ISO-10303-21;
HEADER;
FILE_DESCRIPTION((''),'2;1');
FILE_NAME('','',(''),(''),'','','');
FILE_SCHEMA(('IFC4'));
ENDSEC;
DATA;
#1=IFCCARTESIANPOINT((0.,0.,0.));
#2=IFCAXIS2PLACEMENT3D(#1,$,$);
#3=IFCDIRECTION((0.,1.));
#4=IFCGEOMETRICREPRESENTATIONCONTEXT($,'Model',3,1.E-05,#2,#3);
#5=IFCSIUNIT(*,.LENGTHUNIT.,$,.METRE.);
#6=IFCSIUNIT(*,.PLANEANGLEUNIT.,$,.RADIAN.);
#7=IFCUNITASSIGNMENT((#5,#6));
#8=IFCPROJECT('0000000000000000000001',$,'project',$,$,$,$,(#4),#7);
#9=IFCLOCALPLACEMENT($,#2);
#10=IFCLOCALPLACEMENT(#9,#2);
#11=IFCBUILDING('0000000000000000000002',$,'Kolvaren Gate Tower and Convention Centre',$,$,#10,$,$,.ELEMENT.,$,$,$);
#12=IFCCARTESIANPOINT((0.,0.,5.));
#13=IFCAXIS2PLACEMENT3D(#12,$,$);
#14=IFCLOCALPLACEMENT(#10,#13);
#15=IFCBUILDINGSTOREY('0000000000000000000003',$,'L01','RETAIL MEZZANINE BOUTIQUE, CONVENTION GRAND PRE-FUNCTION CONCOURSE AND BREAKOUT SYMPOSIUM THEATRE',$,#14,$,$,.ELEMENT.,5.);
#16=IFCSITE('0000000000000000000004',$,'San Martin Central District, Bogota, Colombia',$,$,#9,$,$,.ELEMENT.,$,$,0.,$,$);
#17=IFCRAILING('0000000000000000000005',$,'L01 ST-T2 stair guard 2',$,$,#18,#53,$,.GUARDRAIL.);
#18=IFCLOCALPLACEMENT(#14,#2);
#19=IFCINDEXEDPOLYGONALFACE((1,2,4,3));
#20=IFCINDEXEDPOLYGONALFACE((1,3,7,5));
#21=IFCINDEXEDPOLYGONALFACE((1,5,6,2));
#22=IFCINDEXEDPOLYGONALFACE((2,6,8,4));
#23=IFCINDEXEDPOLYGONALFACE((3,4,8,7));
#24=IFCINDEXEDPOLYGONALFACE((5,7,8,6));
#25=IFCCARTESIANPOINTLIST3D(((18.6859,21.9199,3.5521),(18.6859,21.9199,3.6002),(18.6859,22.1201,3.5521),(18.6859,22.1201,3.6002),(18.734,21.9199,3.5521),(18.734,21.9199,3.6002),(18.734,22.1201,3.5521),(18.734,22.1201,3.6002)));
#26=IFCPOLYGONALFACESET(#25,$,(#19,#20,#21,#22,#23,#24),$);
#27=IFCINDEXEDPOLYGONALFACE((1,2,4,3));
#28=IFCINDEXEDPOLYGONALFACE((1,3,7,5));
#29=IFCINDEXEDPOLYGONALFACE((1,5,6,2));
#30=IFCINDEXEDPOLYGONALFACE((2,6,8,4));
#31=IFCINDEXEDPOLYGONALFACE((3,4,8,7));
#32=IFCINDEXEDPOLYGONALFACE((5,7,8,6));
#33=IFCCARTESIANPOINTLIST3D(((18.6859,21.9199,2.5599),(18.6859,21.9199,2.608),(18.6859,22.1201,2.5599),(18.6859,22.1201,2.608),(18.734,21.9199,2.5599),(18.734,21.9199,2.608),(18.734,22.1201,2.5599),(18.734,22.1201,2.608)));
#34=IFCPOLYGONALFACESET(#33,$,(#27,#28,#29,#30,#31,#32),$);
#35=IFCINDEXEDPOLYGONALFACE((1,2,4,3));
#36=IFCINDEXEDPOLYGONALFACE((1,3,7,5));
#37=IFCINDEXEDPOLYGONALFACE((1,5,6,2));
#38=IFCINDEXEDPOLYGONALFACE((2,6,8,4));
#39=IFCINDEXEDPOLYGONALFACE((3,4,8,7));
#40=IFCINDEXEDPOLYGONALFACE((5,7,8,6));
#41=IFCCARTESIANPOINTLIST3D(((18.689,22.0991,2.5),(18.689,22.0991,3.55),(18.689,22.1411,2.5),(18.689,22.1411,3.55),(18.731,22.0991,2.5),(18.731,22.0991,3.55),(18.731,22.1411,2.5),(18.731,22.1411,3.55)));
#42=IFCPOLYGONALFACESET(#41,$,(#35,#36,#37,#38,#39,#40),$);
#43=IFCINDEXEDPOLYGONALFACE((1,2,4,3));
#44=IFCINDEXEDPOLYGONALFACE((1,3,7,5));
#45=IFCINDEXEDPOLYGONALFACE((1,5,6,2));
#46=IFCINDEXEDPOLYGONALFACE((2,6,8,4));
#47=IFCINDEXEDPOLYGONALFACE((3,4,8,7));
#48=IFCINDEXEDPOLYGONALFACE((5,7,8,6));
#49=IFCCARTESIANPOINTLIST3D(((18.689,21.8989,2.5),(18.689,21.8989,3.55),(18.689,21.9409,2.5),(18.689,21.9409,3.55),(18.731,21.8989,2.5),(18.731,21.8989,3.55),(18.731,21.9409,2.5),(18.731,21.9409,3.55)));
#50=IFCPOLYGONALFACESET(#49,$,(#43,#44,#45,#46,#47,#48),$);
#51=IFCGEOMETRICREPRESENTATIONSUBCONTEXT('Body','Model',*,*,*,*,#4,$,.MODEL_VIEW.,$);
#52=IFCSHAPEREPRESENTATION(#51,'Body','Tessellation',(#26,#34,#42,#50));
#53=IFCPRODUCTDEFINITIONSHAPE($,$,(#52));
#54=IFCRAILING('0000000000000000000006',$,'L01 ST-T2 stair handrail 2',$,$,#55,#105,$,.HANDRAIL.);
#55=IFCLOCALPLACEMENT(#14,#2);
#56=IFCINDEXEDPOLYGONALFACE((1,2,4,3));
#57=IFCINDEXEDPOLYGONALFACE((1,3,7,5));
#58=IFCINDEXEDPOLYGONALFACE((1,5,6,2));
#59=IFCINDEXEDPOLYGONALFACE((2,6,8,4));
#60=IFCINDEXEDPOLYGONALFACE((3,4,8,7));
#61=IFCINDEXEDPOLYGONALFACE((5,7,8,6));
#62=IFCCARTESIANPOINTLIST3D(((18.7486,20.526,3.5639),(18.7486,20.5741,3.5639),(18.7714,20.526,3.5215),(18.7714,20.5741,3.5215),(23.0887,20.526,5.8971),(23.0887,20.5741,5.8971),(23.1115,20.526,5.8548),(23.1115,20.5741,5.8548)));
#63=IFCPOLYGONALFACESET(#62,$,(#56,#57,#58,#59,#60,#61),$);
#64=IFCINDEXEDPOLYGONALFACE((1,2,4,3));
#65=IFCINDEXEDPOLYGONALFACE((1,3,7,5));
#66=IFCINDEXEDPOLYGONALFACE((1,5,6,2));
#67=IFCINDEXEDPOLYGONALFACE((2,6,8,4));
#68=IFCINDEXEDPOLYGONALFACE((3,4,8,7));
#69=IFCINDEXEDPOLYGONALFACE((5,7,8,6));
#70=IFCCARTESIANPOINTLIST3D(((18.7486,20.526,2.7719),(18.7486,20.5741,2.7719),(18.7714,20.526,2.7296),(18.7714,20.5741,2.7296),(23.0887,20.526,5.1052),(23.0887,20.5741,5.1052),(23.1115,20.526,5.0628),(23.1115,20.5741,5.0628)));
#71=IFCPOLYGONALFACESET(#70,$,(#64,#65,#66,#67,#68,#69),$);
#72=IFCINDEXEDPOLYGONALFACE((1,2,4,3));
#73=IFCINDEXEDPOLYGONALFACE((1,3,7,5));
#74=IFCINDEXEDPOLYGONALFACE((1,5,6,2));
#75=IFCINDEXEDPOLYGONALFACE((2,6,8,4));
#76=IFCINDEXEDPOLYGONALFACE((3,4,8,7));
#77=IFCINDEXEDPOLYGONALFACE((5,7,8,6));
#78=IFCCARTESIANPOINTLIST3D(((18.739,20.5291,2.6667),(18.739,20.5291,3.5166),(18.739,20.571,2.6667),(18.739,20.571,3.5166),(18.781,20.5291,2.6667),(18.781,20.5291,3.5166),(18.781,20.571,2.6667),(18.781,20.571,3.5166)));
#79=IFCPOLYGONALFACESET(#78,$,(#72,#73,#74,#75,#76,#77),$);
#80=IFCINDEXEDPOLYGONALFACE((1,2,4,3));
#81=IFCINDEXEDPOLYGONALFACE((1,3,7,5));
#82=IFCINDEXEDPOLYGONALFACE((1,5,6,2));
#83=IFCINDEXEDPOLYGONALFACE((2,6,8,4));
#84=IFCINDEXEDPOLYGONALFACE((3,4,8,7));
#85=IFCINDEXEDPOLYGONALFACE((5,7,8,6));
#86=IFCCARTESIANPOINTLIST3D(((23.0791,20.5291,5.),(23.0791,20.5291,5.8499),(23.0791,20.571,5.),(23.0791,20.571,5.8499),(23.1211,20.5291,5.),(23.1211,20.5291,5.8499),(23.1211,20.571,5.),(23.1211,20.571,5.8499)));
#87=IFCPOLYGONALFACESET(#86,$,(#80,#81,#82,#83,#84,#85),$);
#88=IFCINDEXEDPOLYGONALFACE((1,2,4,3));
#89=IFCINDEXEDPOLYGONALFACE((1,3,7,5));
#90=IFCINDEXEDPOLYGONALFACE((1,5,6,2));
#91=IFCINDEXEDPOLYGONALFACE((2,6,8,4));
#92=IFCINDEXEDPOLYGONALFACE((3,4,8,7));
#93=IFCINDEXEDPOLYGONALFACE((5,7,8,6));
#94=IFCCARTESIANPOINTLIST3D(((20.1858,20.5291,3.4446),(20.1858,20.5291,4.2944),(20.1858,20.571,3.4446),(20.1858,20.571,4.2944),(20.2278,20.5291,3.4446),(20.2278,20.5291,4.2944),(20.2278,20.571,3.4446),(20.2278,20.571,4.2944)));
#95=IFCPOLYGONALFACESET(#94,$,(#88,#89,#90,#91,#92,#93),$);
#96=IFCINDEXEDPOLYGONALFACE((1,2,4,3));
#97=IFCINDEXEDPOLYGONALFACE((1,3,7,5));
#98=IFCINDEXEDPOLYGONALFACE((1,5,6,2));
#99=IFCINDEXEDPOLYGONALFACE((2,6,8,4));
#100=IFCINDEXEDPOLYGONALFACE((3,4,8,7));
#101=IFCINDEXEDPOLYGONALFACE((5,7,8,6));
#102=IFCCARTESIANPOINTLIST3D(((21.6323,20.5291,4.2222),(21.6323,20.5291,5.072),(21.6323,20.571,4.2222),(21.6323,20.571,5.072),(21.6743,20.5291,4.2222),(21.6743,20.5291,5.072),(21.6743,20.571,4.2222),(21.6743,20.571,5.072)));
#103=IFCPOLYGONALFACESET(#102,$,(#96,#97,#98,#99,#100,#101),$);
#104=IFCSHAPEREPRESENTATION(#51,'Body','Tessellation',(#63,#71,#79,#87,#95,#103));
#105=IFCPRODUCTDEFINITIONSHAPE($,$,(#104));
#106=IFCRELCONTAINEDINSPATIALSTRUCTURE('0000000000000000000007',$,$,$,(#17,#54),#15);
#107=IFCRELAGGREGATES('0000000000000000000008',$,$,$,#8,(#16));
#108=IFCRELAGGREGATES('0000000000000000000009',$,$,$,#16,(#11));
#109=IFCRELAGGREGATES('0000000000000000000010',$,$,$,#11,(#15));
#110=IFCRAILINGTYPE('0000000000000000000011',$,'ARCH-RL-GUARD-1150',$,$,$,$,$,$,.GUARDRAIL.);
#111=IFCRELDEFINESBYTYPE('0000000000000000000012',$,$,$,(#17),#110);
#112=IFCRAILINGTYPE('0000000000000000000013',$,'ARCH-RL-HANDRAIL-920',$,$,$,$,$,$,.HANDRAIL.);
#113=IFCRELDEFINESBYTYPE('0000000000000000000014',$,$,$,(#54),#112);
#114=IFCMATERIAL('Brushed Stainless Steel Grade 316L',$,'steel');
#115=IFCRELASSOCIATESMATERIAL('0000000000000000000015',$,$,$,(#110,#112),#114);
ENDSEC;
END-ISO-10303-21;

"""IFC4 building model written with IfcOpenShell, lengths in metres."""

from ifc_helpers import new_model, si_unit, direction, frame, origin, origin_2d, place, context, subcontext, project, spatial, rectangle, extrude, material, type_object, element, save


model = new_model("IFC4")

# Units and contexts
model_context = context("Model", 3, precision=1e-05, world=origin(), true_north=direction((0.0, 1.0)))
body_context = subcontext(model_context, "Body", "Model", "MODEL_VIEW")
ifc_project = project(units=[si_unit("LENGTHUNIT", "METRE"), si_unit("PLANEANGLEUNIT", "RADIAN")], contexts=[model_context])

# Site, building, storey
site_placement = place(None, origin())
site = spatial("IfcSite", under=ifc_project, at=site_placement, Name="San Martin Central District, Bogota, Colombia", CompositionType="ELEMENT", RefElevation=0.0)
building_placement = place(site_placement, origin())
building = spatial("IfcBuilding", under=site, at=building_placement, Name="Kolvaren Gate Tower and Convention Centre", CompositionType="ELEMENT")
storey_placement = place(building_placement, frame((0.0, 0.0, 5.0)))
storey = spatial("IfcBuildingStorey", under=building, at=storey_placement, Name="L01", Description="RETAIL MEZZANINE BOUTIQUE, CONVENTION GRAND PRE-FUNCTION CONCOURSE AND BREAKOUT SYMPOSIUM THEATRE", CompositionType="ELEMENT", Elevation=5.0)

# Railings
ifc_material_1 = material(Name="Brushed Stainless Steel Grade 316L", Category="steel")
railing_type_1 = type_object("IfcRailingType", Name="ARCH-RL-GUARD-1150", PredefinedType="GUARDRAIL", material=ifc_material_1)
railing_1_placement = place(storey_placement, frame((18.71, 22.1201, 2.5)))
element("IfcRailing", 1, at=railing_1_placement, inside=storey, type_object=railing_type_1, Name="L01 ST-T2 stair guard 2", PredefinedType="GUARDRAIL", context=body_context, shape_type="SweptSolid", body=[
    extrude(rectangle(XDim=0.0481, YDim=0.0481, at=origin_2d()), frame((0.0, 0.0, 1.0762), z_axis=(0.0, -1.0, 0.0), x_axis=(1.0, 0.0, 0.0)), (0.0, 0.0, 1.0), 0.2002),
    extrude(rectangle(XDim=0.0481, YDim=0.0481, at=origin_2d()), frame((0.0, 0.0, 0.084), z_axis=(0.0, -1.0, 0.0), x_axis=(1.0, 0.0, 0.0)), (0.0, 0.0, 1.0), 0.2002),
    extrude(rectangle(XDim=0.042, YDim=0.042, at=origin_2d()), origin(), (0.0, 0.0, 1.0), 1.05),
    extrude(rectangle(XDim=0.042, YDim=0.042, at=origin_2d()), frame((0.0, -0.2002, 0.0)), (0.0, 0.0, 1.0), 1.05),
])
railing_type_2 = type_object("IfcRailingType", Name="ARCH-RL-HANDRAIL-920", PredefinedType="HANDRAIL", material=ifc_material_1)
railing_2_placement = place(storey_placement, frame((18.76, 20.55, 2.6667)))
element("IfcRailing", 2, at=railing_2_placement, inside=storey, type_object=railing_type_2, Name="L01 ST-T2 stair handrail 2", PredefinedType="HANDRAIL", context=body_context, shape_type="SweptSolid", body=[
    extrude(rectangle(XDim=0.0481, YDim=0.0481, at=origin_2d()), frame((0.0, 0.0, 0.876), z_axis=(0.880786, 0.0, 0.473515), x_axis=(0.0, 1.0, 0.0)), (0.0, 0.0, 1.0), 4.9275),
    extrude(rectangle(XDim=0.0481, YDim=0.0481, at=origin_2d()), frame((0.0, 0.0, 0.084), z_axis=(0.880786, 0.0, 0.473515), x_axis=(0.0, 1.0, 0.0)), (0.0, 0.0, 1.0), 4.9275),
    extrude(rectangle(XDim=0.042, YDim=0.042, at=origin_2d()), origin(), (0.0, 0.0, 1.0), 0.8499),
    extrude(rectangle(XDim=0.042, YDim=0.042, at=origin_2d()), frame((4.3401, 0.0, 2.3333)), (0.0, 0.0, 1.0), 0.8499),
    extrude(rectangle(XDim=0.042, YDim=0.042, at=origin_2d()), frame((1.4468, 0.0, 0.7778)), (0.0, 0.0, 1.0), 0.8499),
    extrude(rectangle(XDim=0.042, YDim=0.042, at=origin_2d()), frame((2.8933, 0.0, 1.5554)), (0.0, 0.0, 1.0), 0.8499),
])

save(model, "model.ifc")
